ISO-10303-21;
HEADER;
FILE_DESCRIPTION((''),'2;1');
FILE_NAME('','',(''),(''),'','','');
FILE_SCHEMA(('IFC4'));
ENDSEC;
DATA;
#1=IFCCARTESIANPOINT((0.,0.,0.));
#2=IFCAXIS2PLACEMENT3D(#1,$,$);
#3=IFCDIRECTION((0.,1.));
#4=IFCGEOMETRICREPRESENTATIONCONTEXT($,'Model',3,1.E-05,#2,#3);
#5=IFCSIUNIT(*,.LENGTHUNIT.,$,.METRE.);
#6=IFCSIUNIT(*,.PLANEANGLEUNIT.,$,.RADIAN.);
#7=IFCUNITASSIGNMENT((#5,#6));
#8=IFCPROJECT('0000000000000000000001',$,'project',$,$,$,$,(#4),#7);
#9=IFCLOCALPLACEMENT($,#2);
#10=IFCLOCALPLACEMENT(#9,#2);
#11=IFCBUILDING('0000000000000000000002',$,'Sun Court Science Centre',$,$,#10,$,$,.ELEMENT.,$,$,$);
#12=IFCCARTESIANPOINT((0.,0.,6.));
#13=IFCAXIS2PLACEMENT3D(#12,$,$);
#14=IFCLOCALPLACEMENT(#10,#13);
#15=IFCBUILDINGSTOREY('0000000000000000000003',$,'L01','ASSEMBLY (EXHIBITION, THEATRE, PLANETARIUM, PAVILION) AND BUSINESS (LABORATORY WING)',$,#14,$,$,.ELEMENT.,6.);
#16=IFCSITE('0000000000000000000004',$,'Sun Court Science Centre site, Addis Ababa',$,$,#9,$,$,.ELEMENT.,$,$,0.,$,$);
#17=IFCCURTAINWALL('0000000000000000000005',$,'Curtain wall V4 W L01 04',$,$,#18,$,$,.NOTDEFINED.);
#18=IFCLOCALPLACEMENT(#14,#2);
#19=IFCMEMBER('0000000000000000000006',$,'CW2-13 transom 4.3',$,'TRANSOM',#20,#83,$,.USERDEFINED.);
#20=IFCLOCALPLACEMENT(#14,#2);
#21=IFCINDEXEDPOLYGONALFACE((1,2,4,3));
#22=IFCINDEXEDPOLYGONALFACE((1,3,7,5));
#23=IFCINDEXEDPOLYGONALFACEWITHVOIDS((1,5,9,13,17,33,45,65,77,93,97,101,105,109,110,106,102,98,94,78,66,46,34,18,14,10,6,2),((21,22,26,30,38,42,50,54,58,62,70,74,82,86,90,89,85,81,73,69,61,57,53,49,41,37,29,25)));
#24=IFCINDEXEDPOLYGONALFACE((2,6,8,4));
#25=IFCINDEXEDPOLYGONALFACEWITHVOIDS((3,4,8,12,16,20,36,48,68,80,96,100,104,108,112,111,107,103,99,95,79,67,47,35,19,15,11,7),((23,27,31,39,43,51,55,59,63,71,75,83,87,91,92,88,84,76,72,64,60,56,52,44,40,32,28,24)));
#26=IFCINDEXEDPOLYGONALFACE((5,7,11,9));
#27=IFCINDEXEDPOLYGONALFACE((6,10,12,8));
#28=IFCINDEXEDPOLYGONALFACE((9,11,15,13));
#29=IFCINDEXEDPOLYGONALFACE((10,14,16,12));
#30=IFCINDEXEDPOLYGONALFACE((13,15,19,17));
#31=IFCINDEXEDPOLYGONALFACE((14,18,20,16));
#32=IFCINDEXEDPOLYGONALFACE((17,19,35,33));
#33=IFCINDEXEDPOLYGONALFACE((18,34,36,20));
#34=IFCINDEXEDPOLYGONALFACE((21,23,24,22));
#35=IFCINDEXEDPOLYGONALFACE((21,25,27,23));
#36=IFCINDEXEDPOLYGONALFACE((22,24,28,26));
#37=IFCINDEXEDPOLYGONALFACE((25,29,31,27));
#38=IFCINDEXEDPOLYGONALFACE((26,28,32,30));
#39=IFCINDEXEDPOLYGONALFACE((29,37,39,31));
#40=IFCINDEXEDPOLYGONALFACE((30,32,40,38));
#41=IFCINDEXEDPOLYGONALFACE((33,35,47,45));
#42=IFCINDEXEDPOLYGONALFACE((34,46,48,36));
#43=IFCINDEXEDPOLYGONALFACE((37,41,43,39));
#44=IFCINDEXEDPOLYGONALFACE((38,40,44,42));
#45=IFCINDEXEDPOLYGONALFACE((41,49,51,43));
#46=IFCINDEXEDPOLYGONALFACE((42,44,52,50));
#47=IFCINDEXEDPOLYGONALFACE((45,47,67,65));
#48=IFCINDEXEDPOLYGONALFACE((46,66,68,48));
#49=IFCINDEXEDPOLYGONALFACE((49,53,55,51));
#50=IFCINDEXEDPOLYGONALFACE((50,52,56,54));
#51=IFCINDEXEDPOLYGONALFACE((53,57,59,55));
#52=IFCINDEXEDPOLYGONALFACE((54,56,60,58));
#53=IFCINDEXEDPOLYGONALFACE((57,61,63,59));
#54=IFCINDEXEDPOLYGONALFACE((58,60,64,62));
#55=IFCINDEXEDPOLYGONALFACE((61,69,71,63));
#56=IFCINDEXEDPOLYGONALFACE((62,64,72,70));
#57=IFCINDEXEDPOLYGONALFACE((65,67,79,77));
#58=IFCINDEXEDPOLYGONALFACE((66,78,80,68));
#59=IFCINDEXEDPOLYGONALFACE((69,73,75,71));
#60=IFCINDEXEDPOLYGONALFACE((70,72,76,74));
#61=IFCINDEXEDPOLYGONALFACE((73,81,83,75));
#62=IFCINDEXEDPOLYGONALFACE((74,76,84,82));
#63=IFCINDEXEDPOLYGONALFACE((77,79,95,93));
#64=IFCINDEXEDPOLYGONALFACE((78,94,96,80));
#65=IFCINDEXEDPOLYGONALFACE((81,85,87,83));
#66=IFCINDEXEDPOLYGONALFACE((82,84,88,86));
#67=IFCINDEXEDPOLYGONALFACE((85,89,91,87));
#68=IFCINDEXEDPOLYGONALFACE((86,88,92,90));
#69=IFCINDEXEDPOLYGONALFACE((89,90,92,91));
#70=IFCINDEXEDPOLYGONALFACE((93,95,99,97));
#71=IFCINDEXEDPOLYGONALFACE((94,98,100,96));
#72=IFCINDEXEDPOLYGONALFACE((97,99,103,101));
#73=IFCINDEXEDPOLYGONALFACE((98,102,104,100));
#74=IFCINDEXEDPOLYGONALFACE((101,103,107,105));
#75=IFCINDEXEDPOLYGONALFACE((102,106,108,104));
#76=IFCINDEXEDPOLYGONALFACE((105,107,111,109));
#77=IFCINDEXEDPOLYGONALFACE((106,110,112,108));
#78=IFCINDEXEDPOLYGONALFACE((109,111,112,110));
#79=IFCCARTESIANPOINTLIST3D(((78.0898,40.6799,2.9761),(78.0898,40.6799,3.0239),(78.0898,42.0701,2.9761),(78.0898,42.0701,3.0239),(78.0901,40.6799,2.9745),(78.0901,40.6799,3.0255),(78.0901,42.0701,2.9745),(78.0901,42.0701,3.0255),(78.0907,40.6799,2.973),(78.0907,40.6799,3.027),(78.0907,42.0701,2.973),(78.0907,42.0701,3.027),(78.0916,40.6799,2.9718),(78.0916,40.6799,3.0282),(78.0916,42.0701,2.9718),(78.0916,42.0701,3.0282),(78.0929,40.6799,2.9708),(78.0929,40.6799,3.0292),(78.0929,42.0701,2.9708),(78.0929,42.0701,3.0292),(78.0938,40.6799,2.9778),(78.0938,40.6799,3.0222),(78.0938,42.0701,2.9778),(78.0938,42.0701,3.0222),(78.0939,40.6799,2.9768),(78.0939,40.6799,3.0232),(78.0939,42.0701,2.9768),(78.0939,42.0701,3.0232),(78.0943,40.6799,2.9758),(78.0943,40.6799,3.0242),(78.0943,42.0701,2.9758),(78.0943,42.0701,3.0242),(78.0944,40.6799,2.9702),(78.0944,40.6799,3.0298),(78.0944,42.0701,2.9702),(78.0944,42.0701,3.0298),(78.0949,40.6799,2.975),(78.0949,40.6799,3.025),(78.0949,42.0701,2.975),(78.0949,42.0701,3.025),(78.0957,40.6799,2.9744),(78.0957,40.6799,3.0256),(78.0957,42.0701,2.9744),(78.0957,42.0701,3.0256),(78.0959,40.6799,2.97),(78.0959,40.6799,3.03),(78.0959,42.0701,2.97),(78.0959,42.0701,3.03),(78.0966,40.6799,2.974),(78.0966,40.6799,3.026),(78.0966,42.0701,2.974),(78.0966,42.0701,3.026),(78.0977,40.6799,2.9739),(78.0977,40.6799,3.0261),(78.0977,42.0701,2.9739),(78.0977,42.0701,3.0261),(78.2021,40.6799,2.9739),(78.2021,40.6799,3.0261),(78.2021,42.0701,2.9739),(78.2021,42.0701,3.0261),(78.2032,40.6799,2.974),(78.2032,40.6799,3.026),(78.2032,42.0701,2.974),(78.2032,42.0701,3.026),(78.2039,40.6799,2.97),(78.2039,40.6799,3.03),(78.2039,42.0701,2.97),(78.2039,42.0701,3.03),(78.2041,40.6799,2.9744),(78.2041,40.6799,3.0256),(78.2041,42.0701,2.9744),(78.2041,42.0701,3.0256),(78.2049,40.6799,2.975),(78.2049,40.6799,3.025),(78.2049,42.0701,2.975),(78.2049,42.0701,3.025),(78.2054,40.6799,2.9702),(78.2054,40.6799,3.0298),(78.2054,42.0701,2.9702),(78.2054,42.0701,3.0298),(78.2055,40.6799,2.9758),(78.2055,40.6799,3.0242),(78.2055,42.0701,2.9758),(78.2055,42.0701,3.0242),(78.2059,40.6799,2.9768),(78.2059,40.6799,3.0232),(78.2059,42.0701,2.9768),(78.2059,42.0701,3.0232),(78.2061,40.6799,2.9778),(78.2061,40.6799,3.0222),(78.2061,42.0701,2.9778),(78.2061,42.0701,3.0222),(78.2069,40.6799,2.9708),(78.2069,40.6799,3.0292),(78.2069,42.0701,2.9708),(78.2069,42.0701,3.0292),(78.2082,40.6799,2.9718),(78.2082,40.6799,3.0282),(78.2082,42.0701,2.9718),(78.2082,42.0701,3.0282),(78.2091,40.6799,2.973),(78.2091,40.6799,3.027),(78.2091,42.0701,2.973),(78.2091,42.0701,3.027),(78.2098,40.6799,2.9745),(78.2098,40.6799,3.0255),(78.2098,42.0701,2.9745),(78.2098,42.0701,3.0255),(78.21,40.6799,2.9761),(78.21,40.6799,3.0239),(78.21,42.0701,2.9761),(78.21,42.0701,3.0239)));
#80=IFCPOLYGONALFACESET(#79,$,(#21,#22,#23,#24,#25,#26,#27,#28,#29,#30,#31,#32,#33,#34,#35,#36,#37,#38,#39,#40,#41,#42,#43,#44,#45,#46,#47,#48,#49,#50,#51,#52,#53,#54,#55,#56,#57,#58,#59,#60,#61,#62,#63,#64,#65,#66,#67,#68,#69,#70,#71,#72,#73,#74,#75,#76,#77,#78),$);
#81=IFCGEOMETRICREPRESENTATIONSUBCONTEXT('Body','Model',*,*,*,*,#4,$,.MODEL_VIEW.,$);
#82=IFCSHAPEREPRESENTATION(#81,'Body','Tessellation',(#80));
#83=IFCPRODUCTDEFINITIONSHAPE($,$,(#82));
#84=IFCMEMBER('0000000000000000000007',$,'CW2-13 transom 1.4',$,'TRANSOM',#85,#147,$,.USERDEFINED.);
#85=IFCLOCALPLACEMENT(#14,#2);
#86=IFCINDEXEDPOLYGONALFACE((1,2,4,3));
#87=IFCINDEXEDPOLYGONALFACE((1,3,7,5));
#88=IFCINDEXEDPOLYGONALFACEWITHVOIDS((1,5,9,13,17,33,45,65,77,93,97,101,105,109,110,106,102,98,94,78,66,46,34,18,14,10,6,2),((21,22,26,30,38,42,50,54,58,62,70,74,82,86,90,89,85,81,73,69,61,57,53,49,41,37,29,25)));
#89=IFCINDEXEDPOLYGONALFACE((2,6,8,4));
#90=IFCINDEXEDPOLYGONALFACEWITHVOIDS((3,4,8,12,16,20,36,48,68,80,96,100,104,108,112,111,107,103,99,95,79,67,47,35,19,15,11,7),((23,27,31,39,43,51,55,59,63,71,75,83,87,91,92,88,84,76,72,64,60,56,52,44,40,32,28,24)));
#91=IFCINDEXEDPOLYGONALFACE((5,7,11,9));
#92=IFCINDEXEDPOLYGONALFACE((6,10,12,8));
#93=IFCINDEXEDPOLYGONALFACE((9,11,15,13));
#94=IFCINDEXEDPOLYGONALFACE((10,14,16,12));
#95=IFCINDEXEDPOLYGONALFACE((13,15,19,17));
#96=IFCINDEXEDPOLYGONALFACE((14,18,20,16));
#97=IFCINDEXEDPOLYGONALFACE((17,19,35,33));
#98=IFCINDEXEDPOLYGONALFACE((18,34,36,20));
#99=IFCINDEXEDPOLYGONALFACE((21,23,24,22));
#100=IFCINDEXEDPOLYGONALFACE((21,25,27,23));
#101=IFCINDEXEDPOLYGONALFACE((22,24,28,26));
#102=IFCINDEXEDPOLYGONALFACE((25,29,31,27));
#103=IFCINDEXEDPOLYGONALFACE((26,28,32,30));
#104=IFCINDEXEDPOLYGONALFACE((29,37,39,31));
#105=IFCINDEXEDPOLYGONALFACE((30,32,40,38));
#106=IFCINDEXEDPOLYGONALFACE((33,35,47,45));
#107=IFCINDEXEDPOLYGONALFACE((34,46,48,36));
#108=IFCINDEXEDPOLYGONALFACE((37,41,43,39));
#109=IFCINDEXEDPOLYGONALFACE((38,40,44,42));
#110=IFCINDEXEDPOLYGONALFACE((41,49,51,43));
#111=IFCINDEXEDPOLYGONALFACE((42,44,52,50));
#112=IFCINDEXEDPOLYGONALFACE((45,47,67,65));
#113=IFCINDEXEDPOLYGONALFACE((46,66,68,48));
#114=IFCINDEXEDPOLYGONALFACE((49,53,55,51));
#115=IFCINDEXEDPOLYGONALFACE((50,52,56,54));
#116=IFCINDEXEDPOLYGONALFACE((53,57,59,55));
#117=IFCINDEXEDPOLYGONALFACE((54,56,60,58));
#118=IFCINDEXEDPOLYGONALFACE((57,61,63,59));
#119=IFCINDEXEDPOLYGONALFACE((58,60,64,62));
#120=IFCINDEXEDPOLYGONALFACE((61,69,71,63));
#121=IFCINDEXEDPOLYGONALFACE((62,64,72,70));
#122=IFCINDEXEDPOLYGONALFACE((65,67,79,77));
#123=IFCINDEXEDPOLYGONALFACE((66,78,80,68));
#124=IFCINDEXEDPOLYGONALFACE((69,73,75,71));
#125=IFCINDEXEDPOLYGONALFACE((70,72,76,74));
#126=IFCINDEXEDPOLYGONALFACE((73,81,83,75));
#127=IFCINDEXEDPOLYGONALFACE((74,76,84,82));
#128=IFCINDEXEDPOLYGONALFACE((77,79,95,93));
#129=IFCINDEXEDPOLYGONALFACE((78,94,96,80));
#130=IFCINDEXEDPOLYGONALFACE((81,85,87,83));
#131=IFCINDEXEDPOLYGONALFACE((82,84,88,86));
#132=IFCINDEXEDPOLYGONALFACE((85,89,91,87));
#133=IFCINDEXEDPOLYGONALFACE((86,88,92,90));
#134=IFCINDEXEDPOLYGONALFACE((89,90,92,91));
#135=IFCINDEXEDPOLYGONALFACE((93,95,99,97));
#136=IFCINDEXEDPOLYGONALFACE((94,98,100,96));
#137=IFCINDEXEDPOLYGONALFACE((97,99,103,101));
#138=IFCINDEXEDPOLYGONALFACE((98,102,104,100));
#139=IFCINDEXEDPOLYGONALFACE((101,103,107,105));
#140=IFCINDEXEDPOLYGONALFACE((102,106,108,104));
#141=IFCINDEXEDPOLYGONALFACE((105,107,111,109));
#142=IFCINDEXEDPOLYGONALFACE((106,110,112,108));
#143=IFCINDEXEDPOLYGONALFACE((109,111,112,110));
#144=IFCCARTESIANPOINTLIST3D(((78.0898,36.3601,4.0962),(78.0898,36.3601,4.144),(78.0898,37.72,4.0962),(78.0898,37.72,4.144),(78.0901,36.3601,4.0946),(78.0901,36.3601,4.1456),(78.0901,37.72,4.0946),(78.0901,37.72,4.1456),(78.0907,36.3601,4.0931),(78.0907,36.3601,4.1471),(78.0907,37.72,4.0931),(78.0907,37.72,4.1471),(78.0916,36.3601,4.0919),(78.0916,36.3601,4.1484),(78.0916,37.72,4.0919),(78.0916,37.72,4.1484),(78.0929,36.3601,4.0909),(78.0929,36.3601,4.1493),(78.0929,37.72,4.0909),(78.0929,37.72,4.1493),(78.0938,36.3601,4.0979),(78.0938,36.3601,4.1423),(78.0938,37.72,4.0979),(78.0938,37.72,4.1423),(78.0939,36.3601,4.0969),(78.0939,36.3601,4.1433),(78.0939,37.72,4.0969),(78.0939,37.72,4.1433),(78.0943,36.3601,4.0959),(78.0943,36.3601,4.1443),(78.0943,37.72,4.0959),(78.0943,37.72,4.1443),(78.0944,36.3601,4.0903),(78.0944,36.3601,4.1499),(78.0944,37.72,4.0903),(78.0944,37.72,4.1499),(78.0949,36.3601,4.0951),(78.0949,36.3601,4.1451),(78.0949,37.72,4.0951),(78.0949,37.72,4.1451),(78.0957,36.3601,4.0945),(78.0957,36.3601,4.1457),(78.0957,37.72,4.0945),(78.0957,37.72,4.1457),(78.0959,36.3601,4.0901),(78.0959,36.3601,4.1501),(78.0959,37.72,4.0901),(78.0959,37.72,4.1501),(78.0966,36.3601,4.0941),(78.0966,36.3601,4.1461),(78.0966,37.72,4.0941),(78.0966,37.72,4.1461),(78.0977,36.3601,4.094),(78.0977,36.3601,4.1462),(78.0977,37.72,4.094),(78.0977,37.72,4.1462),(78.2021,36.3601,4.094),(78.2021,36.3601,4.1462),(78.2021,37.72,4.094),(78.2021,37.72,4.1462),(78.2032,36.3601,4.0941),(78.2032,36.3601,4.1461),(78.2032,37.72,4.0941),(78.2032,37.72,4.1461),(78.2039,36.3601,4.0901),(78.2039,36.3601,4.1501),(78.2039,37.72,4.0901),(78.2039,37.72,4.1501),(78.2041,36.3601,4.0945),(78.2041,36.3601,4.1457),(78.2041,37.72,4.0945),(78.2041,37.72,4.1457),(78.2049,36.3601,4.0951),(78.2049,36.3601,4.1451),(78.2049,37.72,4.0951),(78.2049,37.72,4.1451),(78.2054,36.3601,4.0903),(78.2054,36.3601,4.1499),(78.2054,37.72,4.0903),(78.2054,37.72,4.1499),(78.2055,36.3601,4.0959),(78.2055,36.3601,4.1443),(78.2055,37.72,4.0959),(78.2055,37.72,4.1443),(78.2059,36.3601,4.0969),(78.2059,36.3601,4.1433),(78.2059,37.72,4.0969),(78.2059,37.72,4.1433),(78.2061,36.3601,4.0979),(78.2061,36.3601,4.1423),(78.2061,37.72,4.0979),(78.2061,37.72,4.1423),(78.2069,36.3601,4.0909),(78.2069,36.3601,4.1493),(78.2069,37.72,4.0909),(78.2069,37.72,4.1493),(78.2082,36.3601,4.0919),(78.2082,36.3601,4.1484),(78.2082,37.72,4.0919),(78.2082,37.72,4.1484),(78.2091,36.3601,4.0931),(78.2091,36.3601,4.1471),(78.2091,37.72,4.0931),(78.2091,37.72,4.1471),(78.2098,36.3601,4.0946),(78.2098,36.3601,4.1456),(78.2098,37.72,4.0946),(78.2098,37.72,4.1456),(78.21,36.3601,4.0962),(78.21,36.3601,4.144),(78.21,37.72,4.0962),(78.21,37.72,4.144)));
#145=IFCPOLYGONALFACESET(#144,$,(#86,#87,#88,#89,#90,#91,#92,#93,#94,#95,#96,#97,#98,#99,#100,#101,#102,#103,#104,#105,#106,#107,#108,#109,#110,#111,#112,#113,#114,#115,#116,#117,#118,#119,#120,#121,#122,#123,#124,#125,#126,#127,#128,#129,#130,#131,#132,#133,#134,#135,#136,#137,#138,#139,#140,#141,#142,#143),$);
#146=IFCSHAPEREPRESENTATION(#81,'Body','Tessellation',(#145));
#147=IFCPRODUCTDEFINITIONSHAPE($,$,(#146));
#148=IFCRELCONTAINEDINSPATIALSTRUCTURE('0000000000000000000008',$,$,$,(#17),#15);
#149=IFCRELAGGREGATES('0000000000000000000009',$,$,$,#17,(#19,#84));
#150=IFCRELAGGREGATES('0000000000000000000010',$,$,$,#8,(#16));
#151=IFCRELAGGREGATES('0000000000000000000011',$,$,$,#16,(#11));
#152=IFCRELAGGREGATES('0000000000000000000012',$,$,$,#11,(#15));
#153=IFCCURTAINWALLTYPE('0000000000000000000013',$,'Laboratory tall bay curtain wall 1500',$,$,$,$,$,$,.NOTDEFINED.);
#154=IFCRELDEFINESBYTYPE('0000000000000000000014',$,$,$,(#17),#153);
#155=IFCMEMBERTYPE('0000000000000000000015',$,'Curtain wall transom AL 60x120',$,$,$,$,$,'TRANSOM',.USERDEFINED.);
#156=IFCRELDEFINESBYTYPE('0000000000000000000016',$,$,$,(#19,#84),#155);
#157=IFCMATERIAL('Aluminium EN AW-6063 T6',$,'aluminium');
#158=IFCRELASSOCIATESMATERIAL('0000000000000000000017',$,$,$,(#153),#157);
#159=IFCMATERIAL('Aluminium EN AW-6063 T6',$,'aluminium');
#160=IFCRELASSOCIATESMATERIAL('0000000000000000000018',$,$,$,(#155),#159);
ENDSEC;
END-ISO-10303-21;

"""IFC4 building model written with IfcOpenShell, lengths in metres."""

from ifc_helpers import new_model, si_unit, direction, frame, origin, origin_2d, place, context, subcontext, project, spatial, hollow_rectangle, extrude, material, material_profile, profile_set, type_object, element, aggregate, save


model = new_model("IFC4")

# Units and contexts
model_context = context("Model", 3, precision=1e-05, world=origin(), true_north=direction((0.0, 1.0)))
body_context = subcontext(model_context, "Body", "Model", "MODEL_VIEW")
ifc_project = project(units=[si_unit("LENGTHUNIT", "METRE"), si_unit("PLANEANGLEUNIT", "RADIAN")], contexts=[model_context])

# Site, building, storey
site_placement = place(None, origin())
site = spatial("IfcSite", under=ifc_project, at=site_placement, Name="Sun Court Science Centre site, Addis Ababa", CompositionType="ELEMENT", RefElevation=0.0)
building_placement = place(site_placement, origin())
building = spatial("IfcBuilding", under=site, at=building_placement, Name="Sun Court Science Centre", CompositionType="ELEMENT")
storey_placement = place(building_placement, frame((0.0, 0.0, 6.0)))
storey = spatial("IfcBuildingStorey", under=building, at=storey_placement, Name="L01", Description="ASSEMBLY (EXHIBITION, THEATRE, PLANETARIUM, PAVILION) AND BUSINESS (LABORATORY WING)", CompositionType="ELEMENT", Elevation=6.0)

# Shared definitions
ifc_material_1 = material(Name="Aluminium EN AW-6063 T6", Category="aluminium")
curtain_wall_type = type_object("IfcCurtainWallType", Name="Laboratory tall bay curtain wall 1500", PredefinedType="NOTDEFINED", material=ifc_material_1)

# Curtain wall
curtain_wall_1_placement = place(storey_placement, origin())
curtain_wall_1 = element("IfcCurtainWall", 1, at=curtain_wall_1_placement, inside=storey, type_object=curtain_wall_type, Name="Curtain wall V4 W L01 04", PredefinedType="NOTDEFINED")

# Members
ifc_material_2 = material(Name="Aluminium EN AW-6063 T6", Category="aluminium")
ifc_material_profile_1 = material_profile(ifc_material_2, hollow_rectangle(XDim=0.0601, YDim=0.1201, WallThickness=0.0039, InnerFilletRadius=0.0039, OuterFilletRadius=0.0061, at=origin_2d()), Name="AL 60x120x4")
ifc_profile_set_1 = profile_set([ifc_material_profile_1], Name="Aluminium EN AW-6063 T6")
member_type_1 = type_object("IfcMemberType", Name="Curtain wall transom AL 60x120", ElementType="TRANSOM", PredefinedType="USERDEFINED", material=ifc_profile_set_1)
member_1_placement = place(storey_placement, frame((78.1499, 40.6799, 3.0), z_axis=(0.0, 1.0, 0.0), x_axis=(0.0, 0.0, 1.0)))
member_1 = element("IfcMember", 2, at=member_1_placement, type_object=member_type_1, Name="CW2-13 transom 4.3", ObjectType="TRANSOM", PredefinedType="USERDEFINED", context=body_context, shape_type="SweptSolid", body=[
    extrude(hollow_rectangle(XDim=0.0601, YDim=0.1201, WallThickness=0.0039, InnerFilletRadius=0.0039, OuterFilletRadius=0.0061, at=origin_2d()), origin(), (0.0, 0.0, 1.0), 1.3901),
])
member_2_placement = place(storey_placement, frame((78.1499, 36.3601, 4.1201), z_axis=(0.0, 1.0, 0.0), x_axis=(0.0, 0.0, 1.0)))
member_2 = element("IfcMember", 3, at=member_2_placement, type_object=member_type_1, Name="CW2-13 transom 1.4", ObjectType="TRANSOM", PredefinedType="USERDEFINED", context=body_context, shape_type="SweptSolid", body=[
    extrude(hollow_rectangle(XDim=0.0601, YDim=0.1201, WallThickness=0.0039, InnerFilletRadius=0.0039, OuterFilletRadius=0.0061, at=origin_2d()), origin(), (0.0, 0.0, 1.0), 1.3599),
])

aggregate(curtain_wall_1, [member_1, member_2])

save(model, "model.ifc")
